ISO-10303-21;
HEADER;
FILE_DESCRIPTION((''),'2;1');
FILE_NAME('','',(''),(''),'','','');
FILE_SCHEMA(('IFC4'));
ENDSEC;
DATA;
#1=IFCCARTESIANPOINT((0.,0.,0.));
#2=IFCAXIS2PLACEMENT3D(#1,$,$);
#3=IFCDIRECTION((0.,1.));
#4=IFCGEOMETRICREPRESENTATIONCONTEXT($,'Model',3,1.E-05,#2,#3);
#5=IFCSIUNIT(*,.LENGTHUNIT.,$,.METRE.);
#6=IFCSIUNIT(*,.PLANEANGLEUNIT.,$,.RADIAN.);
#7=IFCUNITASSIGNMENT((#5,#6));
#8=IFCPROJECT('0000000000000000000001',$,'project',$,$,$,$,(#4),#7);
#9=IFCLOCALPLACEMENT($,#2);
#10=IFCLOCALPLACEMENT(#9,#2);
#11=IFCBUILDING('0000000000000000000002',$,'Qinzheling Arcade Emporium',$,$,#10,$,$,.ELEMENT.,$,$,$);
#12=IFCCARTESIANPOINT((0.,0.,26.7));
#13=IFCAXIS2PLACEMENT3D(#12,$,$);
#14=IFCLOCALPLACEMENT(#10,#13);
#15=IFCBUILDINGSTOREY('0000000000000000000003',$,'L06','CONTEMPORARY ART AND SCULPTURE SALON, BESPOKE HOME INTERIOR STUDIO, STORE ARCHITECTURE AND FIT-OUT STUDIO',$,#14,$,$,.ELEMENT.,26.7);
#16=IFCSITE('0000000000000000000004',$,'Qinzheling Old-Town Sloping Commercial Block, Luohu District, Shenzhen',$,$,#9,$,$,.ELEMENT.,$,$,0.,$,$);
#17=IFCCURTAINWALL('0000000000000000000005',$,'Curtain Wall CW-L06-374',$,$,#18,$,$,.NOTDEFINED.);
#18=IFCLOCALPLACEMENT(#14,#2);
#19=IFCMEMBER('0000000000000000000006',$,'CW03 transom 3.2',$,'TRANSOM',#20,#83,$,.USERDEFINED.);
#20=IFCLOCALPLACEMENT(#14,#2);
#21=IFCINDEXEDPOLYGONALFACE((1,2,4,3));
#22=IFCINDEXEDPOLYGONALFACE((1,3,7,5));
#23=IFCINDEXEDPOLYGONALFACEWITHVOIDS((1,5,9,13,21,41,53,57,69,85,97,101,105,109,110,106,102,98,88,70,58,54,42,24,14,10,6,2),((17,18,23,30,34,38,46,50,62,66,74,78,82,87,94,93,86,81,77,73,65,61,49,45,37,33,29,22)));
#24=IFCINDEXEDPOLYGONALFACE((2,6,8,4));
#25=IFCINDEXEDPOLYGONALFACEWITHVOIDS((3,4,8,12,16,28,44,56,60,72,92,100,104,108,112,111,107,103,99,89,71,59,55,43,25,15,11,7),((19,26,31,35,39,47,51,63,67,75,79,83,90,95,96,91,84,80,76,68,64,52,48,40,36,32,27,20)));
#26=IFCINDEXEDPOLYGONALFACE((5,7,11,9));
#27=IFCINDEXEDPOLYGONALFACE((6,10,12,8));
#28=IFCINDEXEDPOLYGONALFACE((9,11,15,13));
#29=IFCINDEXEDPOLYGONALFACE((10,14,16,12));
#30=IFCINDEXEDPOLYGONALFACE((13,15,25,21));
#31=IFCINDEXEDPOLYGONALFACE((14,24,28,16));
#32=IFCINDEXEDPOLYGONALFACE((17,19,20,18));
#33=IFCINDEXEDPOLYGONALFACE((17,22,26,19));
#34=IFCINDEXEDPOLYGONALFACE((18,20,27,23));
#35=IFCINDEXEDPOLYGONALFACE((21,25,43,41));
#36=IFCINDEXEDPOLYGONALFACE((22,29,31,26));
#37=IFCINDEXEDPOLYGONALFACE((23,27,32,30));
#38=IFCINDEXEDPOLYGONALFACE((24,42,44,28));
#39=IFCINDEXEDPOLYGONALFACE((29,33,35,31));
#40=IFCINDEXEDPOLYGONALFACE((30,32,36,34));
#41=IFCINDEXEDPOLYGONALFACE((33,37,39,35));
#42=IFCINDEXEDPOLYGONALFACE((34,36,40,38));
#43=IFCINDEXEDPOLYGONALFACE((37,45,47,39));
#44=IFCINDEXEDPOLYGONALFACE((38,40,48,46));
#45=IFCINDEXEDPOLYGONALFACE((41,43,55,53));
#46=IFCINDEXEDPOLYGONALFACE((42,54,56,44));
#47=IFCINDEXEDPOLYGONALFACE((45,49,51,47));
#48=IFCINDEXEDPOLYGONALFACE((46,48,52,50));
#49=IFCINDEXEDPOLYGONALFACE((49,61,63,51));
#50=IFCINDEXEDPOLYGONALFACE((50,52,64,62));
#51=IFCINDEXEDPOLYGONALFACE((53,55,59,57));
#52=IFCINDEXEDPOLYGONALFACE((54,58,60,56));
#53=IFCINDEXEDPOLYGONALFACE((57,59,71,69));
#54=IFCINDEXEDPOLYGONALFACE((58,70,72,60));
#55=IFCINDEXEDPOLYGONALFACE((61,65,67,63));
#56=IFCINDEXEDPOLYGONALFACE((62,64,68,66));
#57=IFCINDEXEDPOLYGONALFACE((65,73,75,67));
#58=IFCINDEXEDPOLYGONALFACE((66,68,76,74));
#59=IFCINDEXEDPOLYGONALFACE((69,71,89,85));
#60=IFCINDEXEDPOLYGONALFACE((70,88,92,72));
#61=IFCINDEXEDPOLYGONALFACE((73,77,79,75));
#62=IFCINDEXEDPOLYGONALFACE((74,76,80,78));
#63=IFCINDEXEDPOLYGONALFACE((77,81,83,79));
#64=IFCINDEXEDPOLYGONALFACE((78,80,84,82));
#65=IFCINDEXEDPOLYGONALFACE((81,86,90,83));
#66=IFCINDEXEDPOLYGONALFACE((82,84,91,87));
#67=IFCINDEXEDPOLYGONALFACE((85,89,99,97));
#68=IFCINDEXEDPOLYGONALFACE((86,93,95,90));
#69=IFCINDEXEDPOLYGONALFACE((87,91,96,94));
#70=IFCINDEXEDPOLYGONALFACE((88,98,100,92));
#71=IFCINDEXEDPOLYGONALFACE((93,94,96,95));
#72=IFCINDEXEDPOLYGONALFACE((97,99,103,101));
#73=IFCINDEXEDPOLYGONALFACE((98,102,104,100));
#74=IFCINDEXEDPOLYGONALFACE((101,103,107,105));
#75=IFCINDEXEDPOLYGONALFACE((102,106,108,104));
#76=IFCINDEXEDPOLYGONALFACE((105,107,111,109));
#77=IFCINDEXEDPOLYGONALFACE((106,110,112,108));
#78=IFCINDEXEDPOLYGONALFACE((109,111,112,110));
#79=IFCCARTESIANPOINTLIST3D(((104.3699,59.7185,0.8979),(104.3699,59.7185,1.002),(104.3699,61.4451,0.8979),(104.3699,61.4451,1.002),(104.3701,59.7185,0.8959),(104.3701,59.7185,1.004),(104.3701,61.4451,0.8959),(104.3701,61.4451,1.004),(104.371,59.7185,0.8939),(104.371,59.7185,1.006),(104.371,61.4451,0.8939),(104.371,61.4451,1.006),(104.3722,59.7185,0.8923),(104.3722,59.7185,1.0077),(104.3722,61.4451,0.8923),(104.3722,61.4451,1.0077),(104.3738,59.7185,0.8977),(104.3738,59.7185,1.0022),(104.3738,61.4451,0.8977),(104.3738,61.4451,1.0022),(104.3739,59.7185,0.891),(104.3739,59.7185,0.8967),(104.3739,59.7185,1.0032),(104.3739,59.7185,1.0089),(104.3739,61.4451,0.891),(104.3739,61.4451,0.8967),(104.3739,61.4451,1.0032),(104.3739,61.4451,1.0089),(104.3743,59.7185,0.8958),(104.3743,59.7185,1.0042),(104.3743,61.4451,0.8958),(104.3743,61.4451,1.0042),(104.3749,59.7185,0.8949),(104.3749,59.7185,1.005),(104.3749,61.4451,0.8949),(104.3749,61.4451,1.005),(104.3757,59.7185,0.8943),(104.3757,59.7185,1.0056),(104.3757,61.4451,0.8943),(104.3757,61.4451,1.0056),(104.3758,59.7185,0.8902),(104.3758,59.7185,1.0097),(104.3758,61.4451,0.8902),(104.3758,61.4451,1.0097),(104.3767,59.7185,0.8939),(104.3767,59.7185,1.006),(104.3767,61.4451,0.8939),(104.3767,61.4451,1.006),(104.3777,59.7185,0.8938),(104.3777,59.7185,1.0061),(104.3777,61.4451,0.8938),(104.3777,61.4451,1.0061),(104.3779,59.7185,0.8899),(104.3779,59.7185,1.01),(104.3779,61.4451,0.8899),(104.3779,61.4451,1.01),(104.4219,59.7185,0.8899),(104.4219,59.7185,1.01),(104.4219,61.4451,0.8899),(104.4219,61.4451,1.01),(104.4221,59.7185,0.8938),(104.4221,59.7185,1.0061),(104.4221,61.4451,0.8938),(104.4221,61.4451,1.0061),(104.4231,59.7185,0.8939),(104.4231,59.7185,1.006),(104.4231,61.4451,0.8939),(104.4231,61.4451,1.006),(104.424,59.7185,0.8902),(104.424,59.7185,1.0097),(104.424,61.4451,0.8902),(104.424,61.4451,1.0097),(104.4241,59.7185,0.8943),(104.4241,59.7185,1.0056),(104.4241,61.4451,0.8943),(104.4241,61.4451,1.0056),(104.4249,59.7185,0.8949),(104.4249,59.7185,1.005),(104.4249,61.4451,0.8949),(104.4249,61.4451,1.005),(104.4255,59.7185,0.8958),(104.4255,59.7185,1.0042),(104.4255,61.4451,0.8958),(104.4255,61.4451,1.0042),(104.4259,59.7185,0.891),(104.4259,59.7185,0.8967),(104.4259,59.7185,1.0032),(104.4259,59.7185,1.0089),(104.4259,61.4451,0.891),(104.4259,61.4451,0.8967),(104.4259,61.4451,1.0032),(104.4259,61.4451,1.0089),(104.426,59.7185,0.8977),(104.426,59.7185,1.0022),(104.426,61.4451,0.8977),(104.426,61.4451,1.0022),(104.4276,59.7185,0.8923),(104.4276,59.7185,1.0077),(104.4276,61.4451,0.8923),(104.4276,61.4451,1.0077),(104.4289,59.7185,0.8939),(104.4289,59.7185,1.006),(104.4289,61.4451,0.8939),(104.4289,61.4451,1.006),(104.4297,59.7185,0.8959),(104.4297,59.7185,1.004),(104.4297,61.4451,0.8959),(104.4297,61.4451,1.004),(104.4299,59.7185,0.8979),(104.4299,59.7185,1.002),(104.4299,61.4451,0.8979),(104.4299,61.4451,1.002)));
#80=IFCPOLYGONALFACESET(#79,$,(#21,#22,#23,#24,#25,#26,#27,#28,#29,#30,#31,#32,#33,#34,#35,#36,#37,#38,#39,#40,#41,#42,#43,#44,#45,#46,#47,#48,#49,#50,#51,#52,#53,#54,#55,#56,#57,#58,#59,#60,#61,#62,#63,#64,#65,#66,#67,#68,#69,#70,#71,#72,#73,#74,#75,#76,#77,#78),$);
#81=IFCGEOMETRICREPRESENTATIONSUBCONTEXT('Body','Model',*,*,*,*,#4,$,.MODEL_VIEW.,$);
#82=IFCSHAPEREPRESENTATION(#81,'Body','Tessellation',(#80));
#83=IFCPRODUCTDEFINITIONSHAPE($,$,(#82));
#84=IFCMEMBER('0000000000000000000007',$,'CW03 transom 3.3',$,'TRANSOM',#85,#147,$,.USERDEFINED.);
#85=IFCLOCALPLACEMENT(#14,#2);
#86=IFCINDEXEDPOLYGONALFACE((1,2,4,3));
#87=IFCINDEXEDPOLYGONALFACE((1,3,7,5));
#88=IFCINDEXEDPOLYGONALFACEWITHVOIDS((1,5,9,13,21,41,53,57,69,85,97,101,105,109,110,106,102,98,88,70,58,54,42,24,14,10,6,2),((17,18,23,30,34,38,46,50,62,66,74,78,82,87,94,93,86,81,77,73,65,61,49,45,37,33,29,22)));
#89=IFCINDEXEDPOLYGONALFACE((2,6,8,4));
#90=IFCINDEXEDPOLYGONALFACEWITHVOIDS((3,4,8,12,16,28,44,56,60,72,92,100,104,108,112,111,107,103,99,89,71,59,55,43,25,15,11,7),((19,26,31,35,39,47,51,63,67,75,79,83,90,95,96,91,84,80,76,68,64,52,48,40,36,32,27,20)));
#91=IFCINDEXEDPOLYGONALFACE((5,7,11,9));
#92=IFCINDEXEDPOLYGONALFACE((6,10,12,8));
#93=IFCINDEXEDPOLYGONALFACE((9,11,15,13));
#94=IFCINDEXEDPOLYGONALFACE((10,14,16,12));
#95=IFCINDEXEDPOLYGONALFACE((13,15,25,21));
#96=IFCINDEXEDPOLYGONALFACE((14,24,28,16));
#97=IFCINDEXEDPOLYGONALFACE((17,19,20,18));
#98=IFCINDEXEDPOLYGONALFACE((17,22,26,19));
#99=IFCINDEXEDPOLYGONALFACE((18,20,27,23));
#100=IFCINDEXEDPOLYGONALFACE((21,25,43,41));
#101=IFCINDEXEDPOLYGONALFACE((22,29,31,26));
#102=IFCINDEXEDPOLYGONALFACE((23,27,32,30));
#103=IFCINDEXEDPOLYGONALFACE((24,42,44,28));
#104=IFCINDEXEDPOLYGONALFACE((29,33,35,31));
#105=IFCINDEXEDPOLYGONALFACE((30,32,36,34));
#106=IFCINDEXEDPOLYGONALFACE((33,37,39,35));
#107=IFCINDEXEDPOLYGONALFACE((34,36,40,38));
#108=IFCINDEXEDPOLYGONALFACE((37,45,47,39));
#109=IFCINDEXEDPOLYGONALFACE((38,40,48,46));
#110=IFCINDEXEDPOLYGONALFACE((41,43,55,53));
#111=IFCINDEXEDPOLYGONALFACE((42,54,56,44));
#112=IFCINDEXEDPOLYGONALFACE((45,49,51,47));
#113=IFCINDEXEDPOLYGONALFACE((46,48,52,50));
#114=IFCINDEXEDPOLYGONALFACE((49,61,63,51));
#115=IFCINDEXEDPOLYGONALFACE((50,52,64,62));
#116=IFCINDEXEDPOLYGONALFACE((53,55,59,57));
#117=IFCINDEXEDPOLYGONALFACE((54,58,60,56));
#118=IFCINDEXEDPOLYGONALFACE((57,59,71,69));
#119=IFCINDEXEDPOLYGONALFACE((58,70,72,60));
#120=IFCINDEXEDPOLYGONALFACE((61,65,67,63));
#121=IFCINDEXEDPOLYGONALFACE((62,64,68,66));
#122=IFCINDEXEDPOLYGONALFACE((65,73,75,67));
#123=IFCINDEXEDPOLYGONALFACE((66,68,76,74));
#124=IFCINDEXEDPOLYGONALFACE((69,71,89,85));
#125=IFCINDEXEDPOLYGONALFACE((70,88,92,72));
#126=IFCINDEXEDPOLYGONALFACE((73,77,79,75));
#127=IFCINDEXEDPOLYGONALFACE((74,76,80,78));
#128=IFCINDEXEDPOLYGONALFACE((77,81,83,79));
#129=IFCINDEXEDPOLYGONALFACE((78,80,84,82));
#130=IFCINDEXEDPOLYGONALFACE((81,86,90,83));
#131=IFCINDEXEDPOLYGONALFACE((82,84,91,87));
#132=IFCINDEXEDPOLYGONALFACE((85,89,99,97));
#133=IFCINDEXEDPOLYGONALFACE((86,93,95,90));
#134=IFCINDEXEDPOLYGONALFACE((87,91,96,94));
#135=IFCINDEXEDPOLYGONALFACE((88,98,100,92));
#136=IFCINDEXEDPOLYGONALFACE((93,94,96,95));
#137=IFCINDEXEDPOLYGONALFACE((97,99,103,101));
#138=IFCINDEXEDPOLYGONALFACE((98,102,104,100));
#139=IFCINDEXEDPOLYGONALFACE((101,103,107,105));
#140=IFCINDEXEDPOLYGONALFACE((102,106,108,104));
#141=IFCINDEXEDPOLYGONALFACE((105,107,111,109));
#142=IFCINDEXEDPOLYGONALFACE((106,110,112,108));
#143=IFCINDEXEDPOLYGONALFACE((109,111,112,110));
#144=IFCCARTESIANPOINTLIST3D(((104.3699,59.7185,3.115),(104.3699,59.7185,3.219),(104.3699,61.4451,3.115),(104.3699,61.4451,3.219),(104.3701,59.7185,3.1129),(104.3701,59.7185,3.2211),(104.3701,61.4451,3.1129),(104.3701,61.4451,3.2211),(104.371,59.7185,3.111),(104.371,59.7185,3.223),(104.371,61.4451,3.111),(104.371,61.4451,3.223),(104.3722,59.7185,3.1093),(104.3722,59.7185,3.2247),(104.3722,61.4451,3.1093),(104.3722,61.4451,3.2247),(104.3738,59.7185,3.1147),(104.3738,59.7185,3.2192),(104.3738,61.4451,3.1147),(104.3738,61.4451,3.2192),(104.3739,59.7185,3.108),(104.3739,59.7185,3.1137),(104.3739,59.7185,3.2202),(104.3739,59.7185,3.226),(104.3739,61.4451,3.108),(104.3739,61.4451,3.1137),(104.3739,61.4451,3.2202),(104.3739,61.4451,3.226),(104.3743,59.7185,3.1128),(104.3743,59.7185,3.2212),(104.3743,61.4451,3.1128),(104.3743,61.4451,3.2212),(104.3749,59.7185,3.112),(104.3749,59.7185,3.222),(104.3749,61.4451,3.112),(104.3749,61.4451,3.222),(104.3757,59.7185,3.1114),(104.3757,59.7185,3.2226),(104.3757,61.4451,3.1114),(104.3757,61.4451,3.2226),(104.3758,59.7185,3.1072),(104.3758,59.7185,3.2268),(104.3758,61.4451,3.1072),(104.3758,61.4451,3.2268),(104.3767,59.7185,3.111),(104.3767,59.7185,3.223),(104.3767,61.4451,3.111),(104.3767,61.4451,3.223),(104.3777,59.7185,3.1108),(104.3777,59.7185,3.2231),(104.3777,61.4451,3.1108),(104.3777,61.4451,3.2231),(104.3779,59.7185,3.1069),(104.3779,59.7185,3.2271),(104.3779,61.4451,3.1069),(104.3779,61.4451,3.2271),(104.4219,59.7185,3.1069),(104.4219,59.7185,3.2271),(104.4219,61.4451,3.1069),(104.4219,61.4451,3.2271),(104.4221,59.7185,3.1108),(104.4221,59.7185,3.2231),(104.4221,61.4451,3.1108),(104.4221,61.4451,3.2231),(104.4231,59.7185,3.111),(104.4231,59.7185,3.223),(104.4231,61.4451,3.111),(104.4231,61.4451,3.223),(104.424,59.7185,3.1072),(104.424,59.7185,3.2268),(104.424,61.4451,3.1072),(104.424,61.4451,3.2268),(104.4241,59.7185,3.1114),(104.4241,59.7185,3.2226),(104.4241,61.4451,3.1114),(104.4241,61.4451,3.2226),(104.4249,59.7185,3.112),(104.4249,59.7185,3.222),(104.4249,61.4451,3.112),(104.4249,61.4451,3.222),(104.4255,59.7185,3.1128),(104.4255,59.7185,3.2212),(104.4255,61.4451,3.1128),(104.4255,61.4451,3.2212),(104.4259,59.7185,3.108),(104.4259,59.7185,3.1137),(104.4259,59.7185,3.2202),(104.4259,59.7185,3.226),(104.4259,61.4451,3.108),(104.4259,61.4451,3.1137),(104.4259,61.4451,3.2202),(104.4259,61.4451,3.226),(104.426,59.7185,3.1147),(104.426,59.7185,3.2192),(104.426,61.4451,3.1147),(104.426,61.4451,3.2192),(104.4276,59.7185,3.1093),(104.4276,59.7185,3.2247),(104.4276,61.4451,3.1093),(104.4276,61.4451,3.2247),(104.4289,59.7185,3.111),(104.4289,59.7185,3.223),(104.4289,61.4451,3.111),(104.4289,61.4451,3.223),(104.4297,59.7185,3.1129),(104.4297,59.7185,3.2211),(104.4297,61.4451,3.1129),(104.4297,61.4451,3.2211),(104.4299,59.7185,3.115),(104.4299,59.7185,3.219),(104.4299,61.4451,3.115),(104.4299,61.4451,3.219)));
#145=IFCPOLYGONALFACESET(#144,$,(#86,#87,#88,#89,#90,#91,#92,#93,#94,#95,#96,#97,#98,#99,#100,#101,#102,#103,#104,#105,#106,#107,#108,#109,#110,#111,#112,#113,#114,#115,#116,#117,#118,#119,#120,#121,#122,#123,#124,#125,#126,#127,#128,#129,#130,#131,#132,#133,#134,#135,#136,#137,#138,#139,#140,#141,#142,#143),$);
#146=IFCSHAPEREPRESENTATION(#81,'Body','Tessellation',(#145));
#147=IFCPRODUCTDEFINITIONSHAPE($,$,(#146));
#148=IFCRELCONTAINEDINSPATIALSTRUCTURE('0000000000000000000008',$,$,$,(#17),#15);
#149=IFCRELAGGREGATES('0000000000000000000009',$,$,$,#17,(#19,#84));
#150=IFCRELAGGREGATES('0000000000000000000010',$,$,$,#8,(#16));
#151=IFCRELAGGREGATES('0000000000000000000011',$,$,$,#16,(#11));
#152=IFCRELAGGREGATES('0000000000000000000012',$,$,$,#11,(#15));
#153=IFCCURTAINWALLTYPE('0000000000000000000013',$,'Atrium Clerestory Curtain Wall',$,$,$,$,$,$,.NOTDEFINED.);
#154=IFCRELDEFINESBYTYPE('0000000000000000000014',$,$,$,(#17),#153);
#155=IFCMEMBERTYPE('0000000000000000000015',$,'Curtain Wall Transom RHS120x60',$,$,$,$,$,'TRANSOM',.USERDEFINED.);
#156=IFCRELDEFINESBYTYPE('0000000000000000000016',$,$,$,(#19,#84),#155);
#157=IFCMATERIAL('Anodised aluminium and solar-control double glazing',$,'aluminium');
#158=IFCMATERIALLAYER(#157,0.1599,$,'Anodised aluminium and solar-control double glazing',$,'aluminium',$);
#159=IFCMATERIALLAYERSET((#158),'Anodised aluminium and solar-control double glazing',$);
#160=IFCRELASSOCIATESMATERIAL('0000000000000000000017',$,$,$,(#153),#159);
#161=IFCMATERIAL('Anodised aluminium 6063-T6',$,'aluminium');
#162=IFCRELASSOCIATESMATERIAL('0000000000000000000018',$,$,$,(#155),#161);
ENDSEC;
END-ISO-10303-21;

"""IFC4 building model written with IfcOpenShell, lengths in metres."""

from ifc_helpers import new_model, si_unit, direction, frame, origin, origin_2d, place, context, subcontext, project, spatial, hollow_rectangle, extrude, material, layer, layer_set, material_profile, profile_set, type_object, element, aggregate, save


model = new_model("IFC4")

# Units and contexts
model_context = context("Model", 3, precision=1e-05, world=origin(), true_north=direction((0.0, 1.0)))
body_context = subcontext(model_context, "Body", "Model", "MODEL_VIEW")
ifc_project = project(units=[si_unit("LENGTHUNIT", "METRE"), si_unit("PLANEANGLEUNIT", "RADIAN")], contexts=[model_context])

# Site, building, storey
site_placement = place(None, origin())
site = spatial("IfcSite", under=ifc_project, at=site_placement, Name="Qinzheling Old-Town Sloping Commercial Block, Luohu District, Shenzhen", CompositionType="ELEMENT", RefElevation=0.0)
building_placement = place(site_placement, origin())
building = spatial("IfcBuilding", under=site, at=building_placement, Name="Qinzheling Arcade Emporium", CompositionType="ELEMENT")
storey_placement = place(building_placement, frame((0.0, 0.0, 26.7)))
storey = spatial("IfcBuildingStorey", under=building, at=storey_placement, Name="L06", Description="CONTEMPORARY ART AND SCULPTURE SALON, BESPOKE HOME INTERIOR STUDIO, STORE ARCHITECTURE AND FIT-OUT STUDIO", CompositionType="ELEMENT", Elevation=26.7)

# Curtain wall
ifc_material_1 = material(Name="Anodised aluminium and solar-control double glazing", Category="aluminium")
ifc_layer_1 = layer(ifc_material_1, 0.1599, Name="Anodised aluminium and solar-control double glazing", Category="aluminium")
ifc_layer_set_1 = layer_set([ifc_layer_1], Name="Anodised aluminium and solar-control double glazing")
curtain_wall_type = type_object("IfcCurtainWallType", Name="Atrium Clerestory Curtain Wall", PredefinedType="NOTDEFINED", material=ifc_layer_set_1)
curtain_wall_1_placement = place(storey_placement, origin())
curtain_wall_1 = element("IfcCurtainWall", 1, at=curtain_wall_1_placement, inside=storey, type_object=curtain_wall_type, Name="Curtain Wall CW-L06-374", PredefinedType="NOTDEFINED")
ifc_material_2 = material(Name="Anodised aluminium 6063-T6", Category="aluminium")

# Members
ifc_material_profile_1 = material_profile(ifc_material_2, hollow_rectangle(XDim=0.0601, YDim=0.1201, WallThickness=0.0039, InnerFilletRadius=0.0039, OuterFilletRadius=0.0081, at=origin_2d()), Name="RHS 120x60x4", Category="aluminium")
ifc_profile_set_1 = profile_set([ifc_material_profile_1], Name="Anodised aluminium 6063-T6")
member_type_1 = type_object("IfcMemberType", Name="Curtain Wall Transom RHS120x60", ElementType="TRANSOM", PredefinedType="USERDEFINED", material=ifc_profile_set_1)
member_1_placement = place(storey_placement, frame((104.3999, 61.4451, 0.95), z_axis=(0.0, -1.0, 0.0), x_axis=(1.0, 0.0, 0.0)))
member_1 = element("IfcMember", 2, at=member_1_placement, type_object=member_type_1, Name="CW03 transom 3.2", ObjectType="TRANSOM", PredefinedType="USERDEFINED", context=body_context, shape_type="SweptSolid", body=[
    extrude(hollow_rectangle(XDim=0.0601, YDim=0.1201, WallThickness=0.0039, InnerFilletRadius=0.0039, OuterFilletRadius=0.0081, at=origin_2d()), origin(), (0.0, 0.0, 1.0), 1.7266),
])
member_2_placement = place(storey_placement, frame((104.3999, 61.4451, 3.167), z_axis=(0.0, -1.0, 0.0), x_axis=(1.0, 0.0, 0.0)))
member_2 = element("IfcMember", 3, at=member_2_placement, type_object=member_type_1, Name="CW03 transom 3.3", ObjectType="TRANSOM", PredefinedType="USERDEFINED", context=body_context, shape_type="SweptSolid", body=[
    extrude(hollow_rectangle(XDim=0.0601, YDim=0.1201, WallThickness=0.0039, InnerFilletRadius=0.0039, OuterFilletRadius=0.0081, at=origin_2d()), origin(), (0.0, 0.0, 1.0), 1.7266),
])

aggregate(curtain_wall_1, [member_1, member_2])

save(model, "model.ifc")
